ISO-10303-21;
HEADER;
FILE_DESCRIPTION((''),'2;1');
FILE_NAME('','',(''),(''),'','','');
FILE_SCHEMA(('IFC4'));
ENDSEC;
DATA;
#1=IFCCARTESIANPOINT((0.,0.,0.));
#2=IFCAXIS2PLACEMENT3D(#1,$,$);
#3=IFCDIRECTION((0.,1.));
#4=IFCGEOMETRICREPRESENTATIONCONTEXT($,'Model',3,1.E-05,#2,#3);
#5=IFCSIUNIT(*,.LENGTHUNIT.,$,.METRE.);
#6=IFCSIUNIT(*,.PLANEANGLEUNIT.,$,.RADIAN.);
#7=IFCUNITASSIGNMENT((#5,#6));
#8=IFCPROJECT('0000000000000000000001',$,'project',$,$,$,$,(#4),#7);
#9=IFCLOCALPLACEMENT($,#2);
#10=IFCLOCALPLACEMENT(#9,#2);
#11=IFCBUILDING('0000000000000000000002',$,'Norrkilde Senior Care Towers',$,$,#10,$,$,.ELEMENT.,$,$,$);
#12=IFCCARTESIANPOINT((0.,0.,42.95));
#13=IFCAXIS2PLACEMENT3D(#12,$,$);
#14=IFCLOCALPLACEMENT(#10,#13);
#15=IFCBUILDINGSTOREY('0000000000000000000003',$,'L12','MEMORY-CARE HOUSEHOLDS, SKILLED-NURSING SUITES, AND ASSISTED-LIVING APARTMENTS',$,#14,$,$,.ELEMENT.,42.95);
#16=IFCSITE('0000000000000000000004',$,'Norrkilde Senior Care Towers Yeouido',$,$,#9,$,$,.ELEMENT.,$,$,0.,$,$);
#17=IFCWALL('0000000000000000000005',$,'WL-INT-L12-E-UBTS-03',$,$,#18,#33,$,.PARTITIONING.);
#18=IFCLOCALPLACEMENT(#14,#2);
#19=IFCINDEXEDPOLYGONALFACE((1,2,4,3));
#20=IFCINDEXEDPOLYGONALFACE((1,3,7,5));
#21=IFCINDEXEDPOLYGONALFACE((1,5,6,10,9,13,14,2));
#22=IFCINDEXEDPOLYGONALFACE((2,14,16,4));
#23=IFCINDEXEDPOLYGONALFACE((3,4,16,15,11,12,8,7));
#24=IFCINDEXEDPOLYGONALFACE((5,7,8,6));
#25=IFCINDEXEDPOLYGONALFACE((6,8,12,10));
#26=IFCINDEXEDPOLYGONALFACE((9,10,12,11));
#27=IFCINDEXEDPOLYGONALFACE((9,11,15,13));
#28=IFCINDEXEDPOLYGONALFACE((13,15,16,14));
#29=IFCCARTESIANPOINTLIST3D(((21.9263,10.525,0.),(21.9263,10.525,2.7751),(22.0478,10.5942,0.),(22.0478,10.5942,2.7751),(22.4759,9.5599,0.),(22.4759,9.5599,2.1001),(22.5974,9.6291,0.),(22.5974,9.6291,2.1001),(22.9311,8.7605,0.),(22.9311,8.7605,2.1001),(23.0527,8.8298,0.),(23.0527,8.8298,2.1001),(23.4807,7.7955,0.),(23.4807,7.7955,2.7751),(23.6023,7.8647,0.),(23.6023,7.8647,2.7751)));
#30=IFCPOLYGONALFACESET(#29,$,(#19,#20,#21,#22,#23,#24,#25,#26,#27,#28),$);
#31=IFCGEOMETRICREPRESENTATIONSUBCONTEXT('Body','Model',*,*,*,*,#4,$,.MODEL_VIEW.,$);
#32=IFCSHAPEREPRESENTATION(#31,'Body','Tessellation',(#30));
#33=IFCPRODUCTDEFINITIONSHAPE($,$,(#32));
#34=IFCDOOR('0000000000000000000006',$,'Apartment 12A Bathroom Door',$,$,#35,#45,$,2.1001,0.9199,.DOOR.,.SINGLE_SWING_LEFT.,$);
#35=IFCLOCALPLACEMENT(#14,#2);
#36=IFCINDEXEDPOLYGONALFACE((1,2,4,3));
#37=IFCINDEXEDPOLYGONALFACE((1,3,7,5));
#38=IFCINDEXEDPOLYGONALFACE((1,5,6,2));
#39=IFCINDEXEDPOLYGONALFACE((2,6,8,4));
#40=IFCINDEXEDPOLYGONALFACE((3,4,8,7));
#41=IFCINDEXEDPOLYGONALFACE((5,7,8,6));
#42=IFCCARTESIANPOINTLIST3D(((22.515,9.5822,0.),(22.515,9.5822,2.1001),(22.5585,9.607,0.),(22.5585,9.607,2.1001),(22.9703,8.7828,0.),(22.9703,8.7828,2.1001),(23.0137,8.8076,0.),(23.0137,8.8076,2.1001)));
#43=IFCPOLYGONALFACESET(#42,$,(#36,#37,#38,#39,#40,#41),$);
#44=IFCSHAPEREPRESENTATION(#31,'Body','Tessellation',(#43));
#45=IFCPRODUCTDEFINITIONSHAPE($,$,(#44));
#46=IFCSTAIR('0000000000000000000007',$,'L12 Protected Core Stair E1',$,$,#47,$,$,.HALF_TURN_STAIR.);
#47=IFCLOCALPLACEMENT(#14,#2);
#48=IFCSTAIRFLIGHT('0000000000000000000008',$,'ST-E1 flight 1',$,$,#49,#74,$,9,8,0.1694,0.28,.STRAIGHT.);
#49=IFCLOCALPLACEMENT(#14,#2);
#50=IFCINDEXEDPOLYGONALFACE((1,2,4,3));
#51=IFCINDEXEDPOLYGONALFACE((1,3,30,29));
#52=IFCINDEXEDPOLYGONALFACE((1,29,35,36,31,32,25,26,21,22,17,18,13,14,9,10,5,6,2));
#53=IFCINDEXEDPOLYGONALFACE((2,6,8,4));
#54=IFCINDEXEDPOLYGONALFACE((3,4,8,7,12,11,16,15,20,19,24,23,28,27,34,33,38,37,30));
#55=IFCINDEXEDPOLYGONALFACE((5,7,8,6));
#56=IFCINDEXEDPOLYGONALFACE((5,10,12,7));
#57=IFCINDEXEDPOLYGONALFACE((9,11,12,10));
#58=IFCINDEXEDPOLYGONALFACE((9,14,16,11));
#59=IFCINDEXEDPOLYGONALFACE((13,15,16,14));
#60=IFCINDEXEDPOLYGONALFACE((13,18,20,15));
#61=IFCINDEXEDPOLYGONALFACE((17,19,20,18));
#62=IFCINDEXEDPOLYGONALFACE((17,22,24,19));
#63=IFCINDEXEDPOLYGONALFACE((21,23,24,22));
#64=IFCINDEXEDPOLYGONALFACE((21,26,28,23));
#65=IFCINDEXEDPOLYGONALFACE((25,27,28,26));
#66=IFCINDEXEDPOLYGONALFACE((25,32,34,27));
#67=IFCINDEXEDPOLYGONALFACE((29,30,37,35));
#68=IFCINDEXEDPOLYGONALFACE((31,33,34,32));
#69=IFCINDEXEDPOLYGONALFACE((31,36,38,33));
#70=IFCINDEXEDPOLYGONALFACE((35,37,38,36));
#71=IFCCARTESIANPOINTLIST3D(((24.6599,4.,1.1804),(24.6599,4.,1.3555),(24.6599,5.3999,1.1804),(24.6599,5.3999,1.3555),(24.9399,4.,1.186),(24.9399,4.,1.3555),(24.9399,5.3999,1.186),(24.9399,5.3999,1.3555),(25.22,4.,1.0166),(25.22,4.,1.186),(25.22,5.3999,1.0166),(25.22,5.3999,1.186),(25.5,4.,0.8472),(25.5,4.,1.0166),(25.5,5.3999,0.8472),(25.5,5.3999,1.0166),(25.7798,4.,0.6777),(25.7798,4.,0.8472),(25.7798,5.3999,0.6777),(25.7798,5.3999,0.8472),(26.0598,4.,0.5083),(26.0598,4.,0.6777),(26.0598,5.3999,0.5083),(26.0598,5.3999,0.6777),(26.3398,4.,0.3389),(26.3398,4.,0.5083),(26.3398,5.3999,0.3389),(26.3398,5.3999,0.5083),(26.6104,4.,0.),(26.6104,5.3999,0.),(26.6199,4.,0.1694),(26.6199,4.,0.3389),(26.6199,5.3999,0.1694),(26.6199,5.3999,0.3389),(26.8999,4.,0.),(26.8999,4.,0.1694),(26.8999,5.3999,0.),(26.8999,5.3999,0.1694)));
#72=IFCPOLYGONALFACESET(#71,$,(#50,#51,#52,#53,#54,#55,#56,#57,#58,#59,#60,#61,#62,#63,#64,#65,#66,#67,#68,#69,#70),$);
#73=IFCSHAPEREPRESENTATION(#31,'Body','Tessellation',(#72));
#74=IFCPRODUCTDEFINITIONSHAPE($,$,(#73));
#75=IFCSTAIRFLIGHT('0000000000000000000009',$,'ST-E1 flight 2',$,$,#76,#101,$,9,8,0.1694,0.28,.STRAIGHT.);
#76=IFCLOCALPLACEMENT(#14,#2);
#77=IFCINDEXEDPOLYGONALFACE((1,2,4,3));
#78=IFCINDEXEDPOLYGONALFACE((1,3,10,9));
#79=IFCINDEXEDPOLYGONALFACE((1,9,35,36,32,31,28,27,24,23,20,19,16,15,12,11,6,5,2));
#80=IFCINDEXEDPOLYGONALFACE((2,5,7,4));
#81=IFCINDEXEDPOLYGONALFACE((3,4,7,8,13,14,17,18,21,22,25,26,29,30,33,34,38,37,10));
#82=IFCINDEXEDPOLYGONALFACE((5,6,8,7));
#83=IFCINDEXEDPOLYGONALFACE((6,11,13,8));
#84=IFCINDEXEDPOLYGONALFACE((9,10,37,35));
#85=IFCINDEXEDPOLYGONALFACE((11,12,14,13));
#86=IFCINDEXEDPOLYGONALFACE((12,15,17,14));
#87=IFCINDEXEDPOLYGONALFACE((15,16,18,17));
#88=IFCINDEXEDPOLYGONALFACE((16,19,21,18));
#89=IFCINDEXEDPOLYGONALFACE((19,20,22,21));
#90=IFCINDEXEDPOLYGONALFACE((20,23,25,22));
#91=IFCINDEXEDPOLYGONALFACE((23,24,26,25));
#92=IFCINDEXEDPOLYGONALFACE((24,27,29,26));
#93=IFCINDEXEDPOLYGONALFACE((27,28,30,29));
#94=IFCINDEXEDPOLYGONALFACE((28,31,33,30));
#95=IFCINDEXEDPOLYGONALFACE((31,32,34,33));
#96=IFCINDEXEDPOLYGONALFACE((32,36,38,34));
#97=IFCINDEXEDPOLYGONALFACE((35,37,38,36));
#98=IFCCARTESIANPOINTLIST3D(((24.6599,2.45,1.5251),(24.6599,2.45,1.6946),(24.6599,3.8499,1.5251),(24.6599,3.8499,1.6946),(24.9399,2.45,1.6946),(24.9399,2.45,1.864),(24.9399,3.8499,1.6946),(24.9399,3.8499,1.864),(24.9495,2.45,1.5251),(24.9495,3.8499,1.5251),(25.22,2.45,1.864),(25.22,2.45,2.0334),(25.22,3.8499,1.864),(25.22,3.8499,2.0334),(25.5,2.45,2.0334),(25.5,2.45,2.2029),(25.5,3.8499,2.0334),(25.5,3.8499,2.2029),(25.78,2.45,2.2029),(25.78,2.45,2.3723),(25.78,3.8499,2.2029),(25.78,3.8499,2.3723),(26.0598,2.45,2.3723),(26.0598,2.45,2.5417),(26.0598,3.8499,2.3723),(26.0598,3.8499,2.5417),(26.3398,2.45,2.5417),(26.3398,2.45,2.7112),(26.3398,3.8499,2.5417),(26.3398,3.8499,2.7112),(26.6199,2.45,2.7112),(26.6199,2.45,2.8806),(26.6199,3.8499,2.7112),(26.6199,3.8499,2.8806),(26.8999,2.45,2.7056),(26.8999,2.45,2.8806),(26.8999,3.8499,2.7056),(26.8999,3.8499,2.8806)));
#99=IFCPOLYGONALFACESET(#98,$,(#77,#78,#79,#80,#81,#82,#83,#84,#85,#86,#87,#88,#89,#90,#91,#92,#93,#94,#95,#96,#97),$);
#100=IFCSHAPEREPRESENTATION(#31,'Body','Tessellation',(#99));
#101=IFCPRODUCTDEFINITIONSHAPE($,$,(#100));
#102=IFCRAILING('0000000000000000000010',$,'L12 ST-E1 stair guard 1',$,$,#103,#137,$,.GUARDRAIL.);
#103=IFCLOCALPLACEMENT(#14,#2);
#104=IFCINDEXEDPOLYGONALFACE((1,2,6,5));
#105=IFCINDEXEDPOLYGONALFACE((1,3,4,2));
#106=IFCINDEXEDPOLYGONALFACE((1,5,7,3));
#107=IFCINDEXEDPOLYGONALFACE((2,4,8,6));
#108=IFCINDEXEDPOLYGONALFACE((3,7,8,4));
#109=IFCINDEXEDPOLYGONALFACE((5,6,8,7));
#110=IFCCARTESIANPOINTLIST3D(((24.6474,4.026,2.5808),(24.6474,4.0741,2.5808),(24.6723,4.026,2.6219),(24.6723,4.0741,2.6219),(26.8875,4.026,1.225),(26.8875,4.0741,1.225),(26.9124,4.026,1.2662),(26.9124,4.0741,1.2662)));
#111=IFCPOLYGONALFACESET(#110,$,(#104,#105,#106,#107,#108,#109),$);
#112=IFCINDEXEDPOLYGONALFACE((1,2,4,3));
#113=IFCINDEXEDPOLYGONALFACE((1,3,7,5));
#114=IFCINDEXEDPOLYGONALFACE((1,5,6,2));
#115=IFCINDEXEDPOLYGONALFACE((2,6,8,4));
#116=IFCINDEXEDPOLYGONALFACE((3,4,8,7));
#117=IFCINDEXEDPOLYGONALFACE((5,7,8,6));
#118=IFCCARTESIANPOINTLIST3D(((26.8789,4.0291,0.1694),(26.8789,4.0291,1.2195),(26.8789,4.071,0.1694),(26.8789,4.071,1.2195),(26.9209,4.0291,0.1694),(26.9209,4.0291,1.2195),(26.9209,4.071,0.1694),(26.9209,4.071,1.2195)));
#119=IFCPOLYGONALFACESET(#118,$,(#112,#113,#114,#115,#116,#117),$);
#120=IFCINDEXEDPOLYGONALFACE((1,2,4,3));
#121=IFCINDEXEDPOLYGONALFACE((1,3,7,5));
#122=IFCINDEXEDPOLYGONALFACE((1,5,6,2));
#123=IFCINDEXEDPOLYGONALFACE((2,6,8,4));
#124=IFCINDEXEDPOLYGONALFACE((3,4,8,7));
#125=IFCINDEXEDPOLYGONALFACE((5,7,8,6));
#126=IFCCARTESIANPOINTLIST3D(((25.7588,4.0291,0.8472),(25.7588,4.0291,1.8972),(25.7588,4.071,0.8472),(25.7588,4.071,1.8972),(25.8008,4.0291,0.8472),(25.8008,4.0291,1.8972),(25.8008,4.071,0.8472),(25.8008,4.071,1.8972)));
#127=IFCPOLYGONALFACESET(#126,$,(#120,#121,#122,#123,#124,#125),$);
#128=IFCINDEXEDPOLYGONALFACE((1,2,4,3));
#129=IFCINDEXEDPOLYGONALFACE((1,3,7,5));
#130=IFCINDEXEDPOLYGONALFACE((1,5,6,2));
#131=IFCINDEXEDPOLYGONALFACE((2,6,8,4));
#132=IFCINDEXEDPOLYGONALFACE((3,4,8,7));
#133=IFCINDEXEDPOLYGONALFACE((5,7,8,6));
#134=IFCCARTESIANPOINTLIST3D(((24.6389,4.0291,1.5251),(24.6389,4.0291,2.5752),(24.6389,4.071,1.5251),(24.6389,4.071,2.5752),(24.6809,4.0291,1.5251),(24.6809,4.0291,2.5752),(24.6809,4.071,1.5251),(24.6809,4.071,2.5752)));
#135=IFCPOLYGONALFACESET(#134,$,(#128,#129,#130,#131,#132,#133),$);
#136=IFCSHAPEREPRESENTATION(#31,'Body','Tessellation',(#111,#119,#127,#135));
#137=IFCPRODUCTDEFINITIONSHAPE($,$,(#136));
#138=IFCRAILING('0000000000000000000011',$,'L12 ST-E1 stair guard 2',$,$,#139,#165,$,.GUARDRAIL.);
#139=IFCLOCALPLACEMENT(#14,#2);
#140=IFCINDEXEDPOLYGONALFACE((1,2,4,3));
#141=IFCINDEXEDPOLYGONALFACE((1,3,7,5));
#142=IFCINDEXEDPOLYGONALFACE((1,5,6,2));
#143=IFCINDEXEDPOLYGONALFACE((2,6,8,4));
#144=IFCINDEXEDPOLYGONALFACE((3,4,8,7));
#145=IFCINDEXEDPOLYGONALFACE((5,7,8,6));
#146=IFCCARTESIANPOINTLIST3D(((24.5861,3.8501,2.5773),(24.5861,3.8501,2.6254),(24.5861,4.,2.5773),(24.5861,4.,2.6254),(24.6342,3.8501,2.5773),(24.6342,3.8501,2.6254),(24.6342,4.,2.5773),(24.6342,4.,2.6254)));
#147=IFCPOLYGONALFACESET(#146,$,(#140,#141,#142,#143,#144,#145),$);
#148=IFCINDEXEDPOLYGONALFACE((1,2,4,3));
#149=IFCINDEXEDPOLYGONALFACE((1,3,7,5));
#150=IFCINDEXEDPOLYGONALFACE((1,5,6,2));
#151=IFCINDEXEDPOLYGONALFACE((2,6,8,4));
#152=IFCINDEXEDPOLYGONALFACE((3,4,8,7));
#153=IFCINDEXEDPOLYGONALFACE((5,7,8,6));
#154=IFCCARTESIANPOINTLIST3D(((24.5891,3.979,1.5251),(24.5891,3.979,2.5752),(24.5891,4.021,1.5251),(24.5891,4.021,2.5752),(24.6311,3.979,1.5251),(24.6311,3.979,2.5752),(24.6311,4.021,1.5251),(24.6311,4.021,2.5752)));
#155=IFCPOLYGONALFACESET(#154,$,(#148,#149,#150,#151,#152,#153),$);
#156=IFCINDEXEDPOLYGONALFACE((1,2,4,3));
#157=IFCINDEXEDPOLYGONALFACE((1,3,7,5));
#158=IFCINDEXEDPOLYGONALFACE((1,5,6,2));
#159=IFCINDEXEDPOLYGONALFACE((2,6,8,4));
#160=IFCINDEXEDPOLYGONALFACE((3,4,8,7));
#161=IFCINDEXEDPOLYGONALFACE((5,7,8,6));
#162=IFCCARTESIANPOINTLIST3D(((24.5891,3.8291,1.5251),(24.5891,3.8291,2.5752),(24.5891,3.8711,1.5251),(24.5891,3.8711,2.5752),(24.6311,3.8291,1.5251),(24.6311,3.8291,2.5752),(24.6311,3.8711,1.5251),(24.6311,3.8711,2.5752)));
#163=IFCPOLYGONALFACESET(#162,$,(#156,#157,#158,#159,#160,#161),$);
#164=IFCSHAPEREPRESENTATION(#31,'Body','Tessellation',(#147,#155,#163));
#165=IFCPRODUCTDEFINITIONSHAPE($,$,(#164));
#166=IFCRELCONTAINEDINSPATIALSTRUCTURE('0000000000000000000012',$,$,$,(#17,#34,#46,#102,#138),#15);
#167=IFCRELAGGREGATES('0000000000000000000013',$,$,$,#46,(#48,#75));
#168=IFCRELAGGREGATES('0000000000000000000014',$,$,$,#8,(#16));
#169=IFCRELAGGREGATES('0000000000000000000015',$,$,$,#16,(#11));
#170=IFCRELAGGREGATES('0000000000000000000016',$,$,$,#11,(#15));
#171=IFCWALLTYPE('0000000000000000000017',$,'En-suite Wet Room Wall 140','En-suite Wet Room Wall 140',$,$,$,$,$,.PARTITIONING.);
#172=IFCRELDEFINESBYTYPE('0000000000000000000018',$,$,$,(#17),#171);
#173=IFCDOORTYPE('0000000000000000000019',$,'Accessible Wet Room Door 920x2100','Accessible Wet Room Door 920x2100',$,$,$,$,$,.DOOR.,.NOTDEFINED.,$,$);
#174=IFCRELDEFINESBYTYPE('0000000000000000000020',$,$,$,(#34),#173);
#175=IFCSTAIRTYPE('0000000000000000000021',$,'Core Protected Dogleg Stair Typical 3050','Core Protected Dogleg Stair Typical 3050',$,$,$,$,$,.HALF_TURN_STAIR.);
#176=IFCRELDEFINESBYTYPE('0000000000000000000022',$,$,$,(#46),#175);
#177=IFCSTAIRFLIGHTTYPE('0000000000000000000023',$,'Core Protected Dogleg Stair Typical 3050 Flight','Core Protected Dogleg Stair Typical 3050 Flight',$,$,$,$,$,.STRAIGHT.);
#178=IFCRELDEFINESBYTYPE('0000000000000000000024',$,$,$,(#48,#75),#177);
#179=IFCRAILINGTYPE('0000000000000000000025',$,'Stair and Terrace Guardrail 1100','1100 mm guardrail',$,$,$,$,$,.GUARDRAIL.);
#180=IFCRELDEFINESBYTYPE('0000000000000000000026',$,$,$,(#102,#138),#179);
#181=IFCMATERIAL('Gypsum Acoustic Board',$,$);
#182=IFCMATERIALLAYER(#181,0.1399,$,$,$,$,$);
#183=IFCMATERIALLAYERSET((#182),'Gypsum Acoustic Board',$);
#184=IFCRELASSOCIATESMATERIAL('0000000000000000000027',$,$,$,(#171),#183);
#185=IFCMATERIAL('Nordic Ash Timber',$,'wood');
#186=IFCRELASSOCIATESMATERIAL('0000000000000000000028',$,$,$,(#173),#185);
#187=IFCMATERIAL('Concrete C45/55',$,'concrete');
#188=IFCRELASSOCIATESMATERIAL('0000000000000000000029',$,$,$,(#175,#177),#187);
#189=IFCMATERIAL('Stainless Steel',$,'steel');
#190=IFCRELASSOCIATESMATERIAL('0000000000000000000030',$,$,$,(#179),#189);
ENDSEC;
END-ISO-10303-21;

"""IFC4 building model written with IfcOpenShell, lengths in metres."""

from ifc_helpers import new_model, si_unit, direction, frame, frame_2d, origin, origin_2d, place, context, subcontext, project, spatial, polyline, rectangle, outline, extrude, source, transform, mapped, material, layer, layer_set, type_object, type_shapes, element, fill, aggregate, save


model = new_model("IFC4")

# Units and contexts
model_context = context("Model", 3, precision=1e-05, world=origin(), true_north=direction((0.0, 1.0)))
body_context = subcontext(model_context, "Body", "Model", "MODEL_VIEW")
ifc_project = project(units=[si_unit("LENGTHUNIT", "METRE"), si_unit("PLANEANGLEUNIT", "RADIAN")], contexts=[model_context])

# Site, building, storey
site_placement = place(None, origin())
site = spatial("IfcSite", under=ifc_project, at=site_placement, Name="Norrkilde Senior Care Towers Yeouido", CompositionType="ELEMENT", RefElevation=0.0)
building_placement = place(site_placement, origin())
building = spatial("IfcBuilding", under=site, at=building_placement, Name="Norrkilde Senior Care Towers", CompositionType="ELEMENT")
storey_placement = place(building_placement, frame((0.0, 0.0, 42.95)))
storey = spatial("IfcBuildingStorey", under=building, at=storey_placement, Name="L12", Description="MEMORY-CARE HOUSEHOLDS, SKILLED-NURSING SUITES, AND ASSISTED-LIVING APARTMENTS", CompositionType="ELEMENT", Elevation=42.95)

# Shared definitions
ifc_material_1 = material(Name="Concrete C45/55", Category="concrete")

# Shared definitions
ifc_material_2 = material(Name="Stainless Steel", Category="steel")

# Wall, opening, door
ifc_material_3 = material(Name="Gypsum Acoustic Board")
ifc_layer_1 = layer(ifc_material_3, 0.1399)
ifc_layer_set_1 = layer_set([ifc_layer_1], Name="Gypsum Acoustic Board")
wall_type_1 = type_object("IfcWallType", Name="En-suite Wet Room Wall 140", Description="En-suite Wet Room Wall 140", PredefinedType="PARTITIONING", material=ifc_layer_set_1)
shared_shape_1 = source(origin(), body_context, "Body", "SweptSolid", [
    extrude(rectangle(XDim=3.1411, YDim=0.1399, at=frame_2d((1.5706, 0.0))), origin(), (0.0, 0.0, 1.0), 2.7751),
])
type_shapes(wall_type_1, [shared_shape_1])
wall_1_placement = place(storey_placement, frame((23.5415, 7.8301, 0.0), z_axis=(0.0, 0.0, 1.0), x_axis=(-0.494874, 0.868964, 0.0)))
wall_1 = element("IfcWall", 1, at=wall_1_placement, inside=storey, type_object=wall_type_1, Name="WL-INT-L12-E-UBTS-03", PredefinedType="PARTITIONING", context=body_context, shape_type="MappedRepresentation", body=[
    mapped(shared_shape_1, transform((0.0, 0.0, 0.0), x_axis=(1.0, 0.0, 0.0), y_axis=(0.0, 1.0, 0.0), z_axis=(0.0, 0.0, 1.0), scale=1.0)),
])
opening_1_placement = place(wall_1_placement, frame((1.1106, 0.0, 0.0)))
opening_1 = element("IfcOpeningElement", 2, at=opening_1_placement, cuts=wall_1, PredefinedType="OPENING", context=body_context, shape_type="SweptSolid", body=[
    extrude(rectangle(XDim=0.9199, YDim=2.1001, at=frame_2d((0.46, 1.05))), frame((0.0, 0.0798, 0.0), z_axis=(0.0, -1.0, 0.0), x_axis=(1.0, 0.0, 0.0)), (0.0, 0.0, 1.0), 0.1599),
])
ifc_material_4 = material(Name="Nordic Ash Timber", Category="wood")
door_type_1 = type_object("IfcDoorType", Name="Accessible Wet Room Door 920x2100", Description="Accessible Wet Room Door 920x2100", OperationType="NOTDEFINED", PredefinedType="DOOR", material=ifc_material_4)
shared_shape_2 = source(origin(), body_context, "Body", "SweptSolid", [
    extrude(rectangle(XDim=0.9199, YDim=2.1001, at=frame_2d((0.46, 1.05))), frame((0.0, 0.0249, 0.0), z_axis=(0.0, -1.0, 0.0), x_axis=(1.0, 0.0, 0.0)), (0.0, 0.0, 1.0), 0.05),
])
type_shapes(door_type_1, [shared_shape_2])
door_1_placement = place(opening_1_placement, origin())
door_1 = element("IfcDoor", 3, at=door_1_placement, inside=storey, type_object=door_type_1, Name="Apartment 12A Bathroom Door", OperationType="SINGLE_SWING_LEFT", OverallHeight=2.1001, OverallWidth=0.9199, PredefinedType="DOOR", context=body_context, shape_type="MappedRepresentation", body=[
    mapped(shared_shape_2, transform((0.0, 0.0, 0.0), x_axis=(1.0, 0.0, 0.0), y_axis=(0.0, 1.0, 0.0), z_axis=(0.0, 0.0, 1.0), scale=1.0)),
])
fill(opening_1, door_1)

# Stair, stair flights
stair_type = type_object("IfcStairType", Name="Core Protected Dogleg Stair Typical 3050", Description="Core Protected Dogleg Stair Typical 3050", PredefinedType="HALF_TURN_STAIR", material=ifc_material_1)
stair_placement = place(storey_placement, origin())
stair = element("IfcStair", 4, at=stair_placement, inside=storey, type_object=stair_type, Name="L12 Protected Core Stair E1", PredefinedType="HALF_TURN_STAIR")
stair_flight_type = type_object("IfcStairFlightType", Name="Core Protected Dogleg Stair Typical 3050 Flight", Description="Core Protected Dogleg Stair Typical 3050 Flight", PredefinedType="STRAIGHT", material=ifc_material_1)
stair_flight_1_placement = place(storey_placement, frame((26.8999, 4.7, 0.0), z_axis=(0.0, 0.0, 1.0), x_axis=(-1.0, 0.0, 0.0)))
stair_flight_1 = element("IfcStairFlight", 5, at=stair_flight_1_placement, type_object=stair_flight_type, Name="ST-E1 flight 1", NumberOfRisers=9, NumberOfTreads=8, PredefinedType="STRAIGHT", RiserHeight=0.1694, TreadLength=0.28, context=body_context, shape_type="SweptSolid", body=[
    extrude(outline(polyline([(0.0, 0.0), (0.0, 0.1694), (0.28, 0.1694), (0.28, 0.3389), (0.5601, 0.3389), (0.5601, 0.5083), (0.8401, 0.5083), (0.8401, 0.6777), (1.1201, 0.6777), (1.1201, 0.8472), (1.3999, 0.8472), (1.3999, 1.0166), (1.6799, 1.0166), (1.6799, 1.186), (1.96, 1.186), (1.96, 1.3555), (2.24, 1.3555), (2.24, 1.5249), (2.24, 1.1804), (0.2896, 0.0), (0.0, 0.0)])), frame((0.0, 0.7, 0.0), z_axis=(0.0, -1.0, 0.0), x_axis=(1.0, 0.0, 0.0)), (0.0, 0.0, 1.0), 1.3999),
])
stair_flight_2_placement = place(storey_placement, frame((24.6599, 3.1499, 1.5251), z_axis=(0.0, 0.0, 1.0), x_axis=(1.0, 0.0, 0.0)))
stair_flight_2 = element("IfcStairFlight", 6, at=stair_flight_2_placement, type_object=stair_flight_type, Name="ST-E1 flight 2", NumberOfRisers=9, NumberOfTreads=8, PredefinedType="STRAIGHT", RiserHeight=0.1694, TreadLength=0.28, context=body_context, shape_type="SweptSolid", body=[
    extrude(outline(polyline([(0.0, 0.0), (0.0, 0.1694), (0.28, 0.1694), (0.28, 0.3389), (0.5601, 0.3389), (0.5601, 0.5083), (0.8401, 0.5083), (0.8401, 0.6777), (1.1201, 0.6777), (1.1201, 0.8472), (1.3999, 0.8472), (1.3999, 1.0166), (1.6799, 1.0166), (1.6799, 1.186), (1.96, 1.186), (1.96, 1.3555), (2.24, 1.3555), (2.24, 1.5249), (2.24, 1.1804), (0.2896, 0.0), (0.0, 0.0)])), frame((0.0, 0.7, 0.0), z_axis=(0.0, -1.0, 0.0), x_axis=(1.0, 0.0, 0.0)), (0.0, 0.0, 1.0), 1.3999),
])
aggregate(stair, [stair_flight_1, stair_flight_2])

# Railings
railing_type_1 = type_object("IfcRailingType", Name="Stair and Terrace Guardrail 1100", Description="1100 mm guardrail", PredefinedType="GUARDRAIL", material=ifc_material_2)
railing_1_placement = place(storey_placement, frame((26.8999, 4.05, 0.1694)))
element("IfcRailing", 7, at=railing_1_placement, inside=storey, type_object=railing_type_1, Name="L12 ST-E1 stair guard 1", PredefinedType="GUARDRAIL", context=body_context, shape_type="SweptSolid", body=[
    extrude(rectangle(XDim=0.0481, YDim=0.0481, at=origin_2d()), frame((0.0, 0.0, 1.0762), z_axis=(-0.855512, 0.0, 0.517783), x_axis=(0.0, -1.0, 0.0)), (0.0, 0.0, 1.0), 2.6184),
    extrude(rectangle(XDim=0.042, YDim=0.042, at=origin_2d()), origin(), (0.0, 0.0, 1.0), 1.05),
    extrude(rectangle(XDim=0.042, YDim=0.042, at=origin_2d()), frame((-1.1201, 0.0, 0.6777)), (0.0, 0.0, 1.0), 1.05),
    extrude(rectangle(XDim=0.042, YDim=0.042, at=origin_2d()), frame((-2.24, 0.0, 1.3557)), (0.0, 0.0, 1.0), 1.05),
])
railing_2_placement = place(storey_placement, frame((24.6101, 4.0, 1.5251)))
element("IfcRailing", 8, at=railing_2_placement, inside=storey, type_object=railing_type_1, Name="L12 ST-E1 stair guard 2", PredefinedType="GUARDRAIL", context=body_context, shape_type="SweptSolid", body=[
    extrude(rectangle(XDim=0.0481, YDim=0.0481, at=origin_2d()), frame((0.0, 0.0, 1.0762), z_axis=(0.0, -1.0, 0.0), x_axis=(1.0, 0.0, 0.0)), (0.0, 0.0, 1.0), 0.1499),
    extrude(rectangle(XDim=0.042, YDim=0.042, at=origin_2d()), origin(), (0.0, 0.0, 1.0), 1.05),
    extrude(rectangle(XDim=0.042, YDim=0.042, at=origin_2d()), frame((0.0, -0.1499, 0.0)), (0.0, 0.0, 1.0), 1.05),
])

save(model, "model.ifc")
